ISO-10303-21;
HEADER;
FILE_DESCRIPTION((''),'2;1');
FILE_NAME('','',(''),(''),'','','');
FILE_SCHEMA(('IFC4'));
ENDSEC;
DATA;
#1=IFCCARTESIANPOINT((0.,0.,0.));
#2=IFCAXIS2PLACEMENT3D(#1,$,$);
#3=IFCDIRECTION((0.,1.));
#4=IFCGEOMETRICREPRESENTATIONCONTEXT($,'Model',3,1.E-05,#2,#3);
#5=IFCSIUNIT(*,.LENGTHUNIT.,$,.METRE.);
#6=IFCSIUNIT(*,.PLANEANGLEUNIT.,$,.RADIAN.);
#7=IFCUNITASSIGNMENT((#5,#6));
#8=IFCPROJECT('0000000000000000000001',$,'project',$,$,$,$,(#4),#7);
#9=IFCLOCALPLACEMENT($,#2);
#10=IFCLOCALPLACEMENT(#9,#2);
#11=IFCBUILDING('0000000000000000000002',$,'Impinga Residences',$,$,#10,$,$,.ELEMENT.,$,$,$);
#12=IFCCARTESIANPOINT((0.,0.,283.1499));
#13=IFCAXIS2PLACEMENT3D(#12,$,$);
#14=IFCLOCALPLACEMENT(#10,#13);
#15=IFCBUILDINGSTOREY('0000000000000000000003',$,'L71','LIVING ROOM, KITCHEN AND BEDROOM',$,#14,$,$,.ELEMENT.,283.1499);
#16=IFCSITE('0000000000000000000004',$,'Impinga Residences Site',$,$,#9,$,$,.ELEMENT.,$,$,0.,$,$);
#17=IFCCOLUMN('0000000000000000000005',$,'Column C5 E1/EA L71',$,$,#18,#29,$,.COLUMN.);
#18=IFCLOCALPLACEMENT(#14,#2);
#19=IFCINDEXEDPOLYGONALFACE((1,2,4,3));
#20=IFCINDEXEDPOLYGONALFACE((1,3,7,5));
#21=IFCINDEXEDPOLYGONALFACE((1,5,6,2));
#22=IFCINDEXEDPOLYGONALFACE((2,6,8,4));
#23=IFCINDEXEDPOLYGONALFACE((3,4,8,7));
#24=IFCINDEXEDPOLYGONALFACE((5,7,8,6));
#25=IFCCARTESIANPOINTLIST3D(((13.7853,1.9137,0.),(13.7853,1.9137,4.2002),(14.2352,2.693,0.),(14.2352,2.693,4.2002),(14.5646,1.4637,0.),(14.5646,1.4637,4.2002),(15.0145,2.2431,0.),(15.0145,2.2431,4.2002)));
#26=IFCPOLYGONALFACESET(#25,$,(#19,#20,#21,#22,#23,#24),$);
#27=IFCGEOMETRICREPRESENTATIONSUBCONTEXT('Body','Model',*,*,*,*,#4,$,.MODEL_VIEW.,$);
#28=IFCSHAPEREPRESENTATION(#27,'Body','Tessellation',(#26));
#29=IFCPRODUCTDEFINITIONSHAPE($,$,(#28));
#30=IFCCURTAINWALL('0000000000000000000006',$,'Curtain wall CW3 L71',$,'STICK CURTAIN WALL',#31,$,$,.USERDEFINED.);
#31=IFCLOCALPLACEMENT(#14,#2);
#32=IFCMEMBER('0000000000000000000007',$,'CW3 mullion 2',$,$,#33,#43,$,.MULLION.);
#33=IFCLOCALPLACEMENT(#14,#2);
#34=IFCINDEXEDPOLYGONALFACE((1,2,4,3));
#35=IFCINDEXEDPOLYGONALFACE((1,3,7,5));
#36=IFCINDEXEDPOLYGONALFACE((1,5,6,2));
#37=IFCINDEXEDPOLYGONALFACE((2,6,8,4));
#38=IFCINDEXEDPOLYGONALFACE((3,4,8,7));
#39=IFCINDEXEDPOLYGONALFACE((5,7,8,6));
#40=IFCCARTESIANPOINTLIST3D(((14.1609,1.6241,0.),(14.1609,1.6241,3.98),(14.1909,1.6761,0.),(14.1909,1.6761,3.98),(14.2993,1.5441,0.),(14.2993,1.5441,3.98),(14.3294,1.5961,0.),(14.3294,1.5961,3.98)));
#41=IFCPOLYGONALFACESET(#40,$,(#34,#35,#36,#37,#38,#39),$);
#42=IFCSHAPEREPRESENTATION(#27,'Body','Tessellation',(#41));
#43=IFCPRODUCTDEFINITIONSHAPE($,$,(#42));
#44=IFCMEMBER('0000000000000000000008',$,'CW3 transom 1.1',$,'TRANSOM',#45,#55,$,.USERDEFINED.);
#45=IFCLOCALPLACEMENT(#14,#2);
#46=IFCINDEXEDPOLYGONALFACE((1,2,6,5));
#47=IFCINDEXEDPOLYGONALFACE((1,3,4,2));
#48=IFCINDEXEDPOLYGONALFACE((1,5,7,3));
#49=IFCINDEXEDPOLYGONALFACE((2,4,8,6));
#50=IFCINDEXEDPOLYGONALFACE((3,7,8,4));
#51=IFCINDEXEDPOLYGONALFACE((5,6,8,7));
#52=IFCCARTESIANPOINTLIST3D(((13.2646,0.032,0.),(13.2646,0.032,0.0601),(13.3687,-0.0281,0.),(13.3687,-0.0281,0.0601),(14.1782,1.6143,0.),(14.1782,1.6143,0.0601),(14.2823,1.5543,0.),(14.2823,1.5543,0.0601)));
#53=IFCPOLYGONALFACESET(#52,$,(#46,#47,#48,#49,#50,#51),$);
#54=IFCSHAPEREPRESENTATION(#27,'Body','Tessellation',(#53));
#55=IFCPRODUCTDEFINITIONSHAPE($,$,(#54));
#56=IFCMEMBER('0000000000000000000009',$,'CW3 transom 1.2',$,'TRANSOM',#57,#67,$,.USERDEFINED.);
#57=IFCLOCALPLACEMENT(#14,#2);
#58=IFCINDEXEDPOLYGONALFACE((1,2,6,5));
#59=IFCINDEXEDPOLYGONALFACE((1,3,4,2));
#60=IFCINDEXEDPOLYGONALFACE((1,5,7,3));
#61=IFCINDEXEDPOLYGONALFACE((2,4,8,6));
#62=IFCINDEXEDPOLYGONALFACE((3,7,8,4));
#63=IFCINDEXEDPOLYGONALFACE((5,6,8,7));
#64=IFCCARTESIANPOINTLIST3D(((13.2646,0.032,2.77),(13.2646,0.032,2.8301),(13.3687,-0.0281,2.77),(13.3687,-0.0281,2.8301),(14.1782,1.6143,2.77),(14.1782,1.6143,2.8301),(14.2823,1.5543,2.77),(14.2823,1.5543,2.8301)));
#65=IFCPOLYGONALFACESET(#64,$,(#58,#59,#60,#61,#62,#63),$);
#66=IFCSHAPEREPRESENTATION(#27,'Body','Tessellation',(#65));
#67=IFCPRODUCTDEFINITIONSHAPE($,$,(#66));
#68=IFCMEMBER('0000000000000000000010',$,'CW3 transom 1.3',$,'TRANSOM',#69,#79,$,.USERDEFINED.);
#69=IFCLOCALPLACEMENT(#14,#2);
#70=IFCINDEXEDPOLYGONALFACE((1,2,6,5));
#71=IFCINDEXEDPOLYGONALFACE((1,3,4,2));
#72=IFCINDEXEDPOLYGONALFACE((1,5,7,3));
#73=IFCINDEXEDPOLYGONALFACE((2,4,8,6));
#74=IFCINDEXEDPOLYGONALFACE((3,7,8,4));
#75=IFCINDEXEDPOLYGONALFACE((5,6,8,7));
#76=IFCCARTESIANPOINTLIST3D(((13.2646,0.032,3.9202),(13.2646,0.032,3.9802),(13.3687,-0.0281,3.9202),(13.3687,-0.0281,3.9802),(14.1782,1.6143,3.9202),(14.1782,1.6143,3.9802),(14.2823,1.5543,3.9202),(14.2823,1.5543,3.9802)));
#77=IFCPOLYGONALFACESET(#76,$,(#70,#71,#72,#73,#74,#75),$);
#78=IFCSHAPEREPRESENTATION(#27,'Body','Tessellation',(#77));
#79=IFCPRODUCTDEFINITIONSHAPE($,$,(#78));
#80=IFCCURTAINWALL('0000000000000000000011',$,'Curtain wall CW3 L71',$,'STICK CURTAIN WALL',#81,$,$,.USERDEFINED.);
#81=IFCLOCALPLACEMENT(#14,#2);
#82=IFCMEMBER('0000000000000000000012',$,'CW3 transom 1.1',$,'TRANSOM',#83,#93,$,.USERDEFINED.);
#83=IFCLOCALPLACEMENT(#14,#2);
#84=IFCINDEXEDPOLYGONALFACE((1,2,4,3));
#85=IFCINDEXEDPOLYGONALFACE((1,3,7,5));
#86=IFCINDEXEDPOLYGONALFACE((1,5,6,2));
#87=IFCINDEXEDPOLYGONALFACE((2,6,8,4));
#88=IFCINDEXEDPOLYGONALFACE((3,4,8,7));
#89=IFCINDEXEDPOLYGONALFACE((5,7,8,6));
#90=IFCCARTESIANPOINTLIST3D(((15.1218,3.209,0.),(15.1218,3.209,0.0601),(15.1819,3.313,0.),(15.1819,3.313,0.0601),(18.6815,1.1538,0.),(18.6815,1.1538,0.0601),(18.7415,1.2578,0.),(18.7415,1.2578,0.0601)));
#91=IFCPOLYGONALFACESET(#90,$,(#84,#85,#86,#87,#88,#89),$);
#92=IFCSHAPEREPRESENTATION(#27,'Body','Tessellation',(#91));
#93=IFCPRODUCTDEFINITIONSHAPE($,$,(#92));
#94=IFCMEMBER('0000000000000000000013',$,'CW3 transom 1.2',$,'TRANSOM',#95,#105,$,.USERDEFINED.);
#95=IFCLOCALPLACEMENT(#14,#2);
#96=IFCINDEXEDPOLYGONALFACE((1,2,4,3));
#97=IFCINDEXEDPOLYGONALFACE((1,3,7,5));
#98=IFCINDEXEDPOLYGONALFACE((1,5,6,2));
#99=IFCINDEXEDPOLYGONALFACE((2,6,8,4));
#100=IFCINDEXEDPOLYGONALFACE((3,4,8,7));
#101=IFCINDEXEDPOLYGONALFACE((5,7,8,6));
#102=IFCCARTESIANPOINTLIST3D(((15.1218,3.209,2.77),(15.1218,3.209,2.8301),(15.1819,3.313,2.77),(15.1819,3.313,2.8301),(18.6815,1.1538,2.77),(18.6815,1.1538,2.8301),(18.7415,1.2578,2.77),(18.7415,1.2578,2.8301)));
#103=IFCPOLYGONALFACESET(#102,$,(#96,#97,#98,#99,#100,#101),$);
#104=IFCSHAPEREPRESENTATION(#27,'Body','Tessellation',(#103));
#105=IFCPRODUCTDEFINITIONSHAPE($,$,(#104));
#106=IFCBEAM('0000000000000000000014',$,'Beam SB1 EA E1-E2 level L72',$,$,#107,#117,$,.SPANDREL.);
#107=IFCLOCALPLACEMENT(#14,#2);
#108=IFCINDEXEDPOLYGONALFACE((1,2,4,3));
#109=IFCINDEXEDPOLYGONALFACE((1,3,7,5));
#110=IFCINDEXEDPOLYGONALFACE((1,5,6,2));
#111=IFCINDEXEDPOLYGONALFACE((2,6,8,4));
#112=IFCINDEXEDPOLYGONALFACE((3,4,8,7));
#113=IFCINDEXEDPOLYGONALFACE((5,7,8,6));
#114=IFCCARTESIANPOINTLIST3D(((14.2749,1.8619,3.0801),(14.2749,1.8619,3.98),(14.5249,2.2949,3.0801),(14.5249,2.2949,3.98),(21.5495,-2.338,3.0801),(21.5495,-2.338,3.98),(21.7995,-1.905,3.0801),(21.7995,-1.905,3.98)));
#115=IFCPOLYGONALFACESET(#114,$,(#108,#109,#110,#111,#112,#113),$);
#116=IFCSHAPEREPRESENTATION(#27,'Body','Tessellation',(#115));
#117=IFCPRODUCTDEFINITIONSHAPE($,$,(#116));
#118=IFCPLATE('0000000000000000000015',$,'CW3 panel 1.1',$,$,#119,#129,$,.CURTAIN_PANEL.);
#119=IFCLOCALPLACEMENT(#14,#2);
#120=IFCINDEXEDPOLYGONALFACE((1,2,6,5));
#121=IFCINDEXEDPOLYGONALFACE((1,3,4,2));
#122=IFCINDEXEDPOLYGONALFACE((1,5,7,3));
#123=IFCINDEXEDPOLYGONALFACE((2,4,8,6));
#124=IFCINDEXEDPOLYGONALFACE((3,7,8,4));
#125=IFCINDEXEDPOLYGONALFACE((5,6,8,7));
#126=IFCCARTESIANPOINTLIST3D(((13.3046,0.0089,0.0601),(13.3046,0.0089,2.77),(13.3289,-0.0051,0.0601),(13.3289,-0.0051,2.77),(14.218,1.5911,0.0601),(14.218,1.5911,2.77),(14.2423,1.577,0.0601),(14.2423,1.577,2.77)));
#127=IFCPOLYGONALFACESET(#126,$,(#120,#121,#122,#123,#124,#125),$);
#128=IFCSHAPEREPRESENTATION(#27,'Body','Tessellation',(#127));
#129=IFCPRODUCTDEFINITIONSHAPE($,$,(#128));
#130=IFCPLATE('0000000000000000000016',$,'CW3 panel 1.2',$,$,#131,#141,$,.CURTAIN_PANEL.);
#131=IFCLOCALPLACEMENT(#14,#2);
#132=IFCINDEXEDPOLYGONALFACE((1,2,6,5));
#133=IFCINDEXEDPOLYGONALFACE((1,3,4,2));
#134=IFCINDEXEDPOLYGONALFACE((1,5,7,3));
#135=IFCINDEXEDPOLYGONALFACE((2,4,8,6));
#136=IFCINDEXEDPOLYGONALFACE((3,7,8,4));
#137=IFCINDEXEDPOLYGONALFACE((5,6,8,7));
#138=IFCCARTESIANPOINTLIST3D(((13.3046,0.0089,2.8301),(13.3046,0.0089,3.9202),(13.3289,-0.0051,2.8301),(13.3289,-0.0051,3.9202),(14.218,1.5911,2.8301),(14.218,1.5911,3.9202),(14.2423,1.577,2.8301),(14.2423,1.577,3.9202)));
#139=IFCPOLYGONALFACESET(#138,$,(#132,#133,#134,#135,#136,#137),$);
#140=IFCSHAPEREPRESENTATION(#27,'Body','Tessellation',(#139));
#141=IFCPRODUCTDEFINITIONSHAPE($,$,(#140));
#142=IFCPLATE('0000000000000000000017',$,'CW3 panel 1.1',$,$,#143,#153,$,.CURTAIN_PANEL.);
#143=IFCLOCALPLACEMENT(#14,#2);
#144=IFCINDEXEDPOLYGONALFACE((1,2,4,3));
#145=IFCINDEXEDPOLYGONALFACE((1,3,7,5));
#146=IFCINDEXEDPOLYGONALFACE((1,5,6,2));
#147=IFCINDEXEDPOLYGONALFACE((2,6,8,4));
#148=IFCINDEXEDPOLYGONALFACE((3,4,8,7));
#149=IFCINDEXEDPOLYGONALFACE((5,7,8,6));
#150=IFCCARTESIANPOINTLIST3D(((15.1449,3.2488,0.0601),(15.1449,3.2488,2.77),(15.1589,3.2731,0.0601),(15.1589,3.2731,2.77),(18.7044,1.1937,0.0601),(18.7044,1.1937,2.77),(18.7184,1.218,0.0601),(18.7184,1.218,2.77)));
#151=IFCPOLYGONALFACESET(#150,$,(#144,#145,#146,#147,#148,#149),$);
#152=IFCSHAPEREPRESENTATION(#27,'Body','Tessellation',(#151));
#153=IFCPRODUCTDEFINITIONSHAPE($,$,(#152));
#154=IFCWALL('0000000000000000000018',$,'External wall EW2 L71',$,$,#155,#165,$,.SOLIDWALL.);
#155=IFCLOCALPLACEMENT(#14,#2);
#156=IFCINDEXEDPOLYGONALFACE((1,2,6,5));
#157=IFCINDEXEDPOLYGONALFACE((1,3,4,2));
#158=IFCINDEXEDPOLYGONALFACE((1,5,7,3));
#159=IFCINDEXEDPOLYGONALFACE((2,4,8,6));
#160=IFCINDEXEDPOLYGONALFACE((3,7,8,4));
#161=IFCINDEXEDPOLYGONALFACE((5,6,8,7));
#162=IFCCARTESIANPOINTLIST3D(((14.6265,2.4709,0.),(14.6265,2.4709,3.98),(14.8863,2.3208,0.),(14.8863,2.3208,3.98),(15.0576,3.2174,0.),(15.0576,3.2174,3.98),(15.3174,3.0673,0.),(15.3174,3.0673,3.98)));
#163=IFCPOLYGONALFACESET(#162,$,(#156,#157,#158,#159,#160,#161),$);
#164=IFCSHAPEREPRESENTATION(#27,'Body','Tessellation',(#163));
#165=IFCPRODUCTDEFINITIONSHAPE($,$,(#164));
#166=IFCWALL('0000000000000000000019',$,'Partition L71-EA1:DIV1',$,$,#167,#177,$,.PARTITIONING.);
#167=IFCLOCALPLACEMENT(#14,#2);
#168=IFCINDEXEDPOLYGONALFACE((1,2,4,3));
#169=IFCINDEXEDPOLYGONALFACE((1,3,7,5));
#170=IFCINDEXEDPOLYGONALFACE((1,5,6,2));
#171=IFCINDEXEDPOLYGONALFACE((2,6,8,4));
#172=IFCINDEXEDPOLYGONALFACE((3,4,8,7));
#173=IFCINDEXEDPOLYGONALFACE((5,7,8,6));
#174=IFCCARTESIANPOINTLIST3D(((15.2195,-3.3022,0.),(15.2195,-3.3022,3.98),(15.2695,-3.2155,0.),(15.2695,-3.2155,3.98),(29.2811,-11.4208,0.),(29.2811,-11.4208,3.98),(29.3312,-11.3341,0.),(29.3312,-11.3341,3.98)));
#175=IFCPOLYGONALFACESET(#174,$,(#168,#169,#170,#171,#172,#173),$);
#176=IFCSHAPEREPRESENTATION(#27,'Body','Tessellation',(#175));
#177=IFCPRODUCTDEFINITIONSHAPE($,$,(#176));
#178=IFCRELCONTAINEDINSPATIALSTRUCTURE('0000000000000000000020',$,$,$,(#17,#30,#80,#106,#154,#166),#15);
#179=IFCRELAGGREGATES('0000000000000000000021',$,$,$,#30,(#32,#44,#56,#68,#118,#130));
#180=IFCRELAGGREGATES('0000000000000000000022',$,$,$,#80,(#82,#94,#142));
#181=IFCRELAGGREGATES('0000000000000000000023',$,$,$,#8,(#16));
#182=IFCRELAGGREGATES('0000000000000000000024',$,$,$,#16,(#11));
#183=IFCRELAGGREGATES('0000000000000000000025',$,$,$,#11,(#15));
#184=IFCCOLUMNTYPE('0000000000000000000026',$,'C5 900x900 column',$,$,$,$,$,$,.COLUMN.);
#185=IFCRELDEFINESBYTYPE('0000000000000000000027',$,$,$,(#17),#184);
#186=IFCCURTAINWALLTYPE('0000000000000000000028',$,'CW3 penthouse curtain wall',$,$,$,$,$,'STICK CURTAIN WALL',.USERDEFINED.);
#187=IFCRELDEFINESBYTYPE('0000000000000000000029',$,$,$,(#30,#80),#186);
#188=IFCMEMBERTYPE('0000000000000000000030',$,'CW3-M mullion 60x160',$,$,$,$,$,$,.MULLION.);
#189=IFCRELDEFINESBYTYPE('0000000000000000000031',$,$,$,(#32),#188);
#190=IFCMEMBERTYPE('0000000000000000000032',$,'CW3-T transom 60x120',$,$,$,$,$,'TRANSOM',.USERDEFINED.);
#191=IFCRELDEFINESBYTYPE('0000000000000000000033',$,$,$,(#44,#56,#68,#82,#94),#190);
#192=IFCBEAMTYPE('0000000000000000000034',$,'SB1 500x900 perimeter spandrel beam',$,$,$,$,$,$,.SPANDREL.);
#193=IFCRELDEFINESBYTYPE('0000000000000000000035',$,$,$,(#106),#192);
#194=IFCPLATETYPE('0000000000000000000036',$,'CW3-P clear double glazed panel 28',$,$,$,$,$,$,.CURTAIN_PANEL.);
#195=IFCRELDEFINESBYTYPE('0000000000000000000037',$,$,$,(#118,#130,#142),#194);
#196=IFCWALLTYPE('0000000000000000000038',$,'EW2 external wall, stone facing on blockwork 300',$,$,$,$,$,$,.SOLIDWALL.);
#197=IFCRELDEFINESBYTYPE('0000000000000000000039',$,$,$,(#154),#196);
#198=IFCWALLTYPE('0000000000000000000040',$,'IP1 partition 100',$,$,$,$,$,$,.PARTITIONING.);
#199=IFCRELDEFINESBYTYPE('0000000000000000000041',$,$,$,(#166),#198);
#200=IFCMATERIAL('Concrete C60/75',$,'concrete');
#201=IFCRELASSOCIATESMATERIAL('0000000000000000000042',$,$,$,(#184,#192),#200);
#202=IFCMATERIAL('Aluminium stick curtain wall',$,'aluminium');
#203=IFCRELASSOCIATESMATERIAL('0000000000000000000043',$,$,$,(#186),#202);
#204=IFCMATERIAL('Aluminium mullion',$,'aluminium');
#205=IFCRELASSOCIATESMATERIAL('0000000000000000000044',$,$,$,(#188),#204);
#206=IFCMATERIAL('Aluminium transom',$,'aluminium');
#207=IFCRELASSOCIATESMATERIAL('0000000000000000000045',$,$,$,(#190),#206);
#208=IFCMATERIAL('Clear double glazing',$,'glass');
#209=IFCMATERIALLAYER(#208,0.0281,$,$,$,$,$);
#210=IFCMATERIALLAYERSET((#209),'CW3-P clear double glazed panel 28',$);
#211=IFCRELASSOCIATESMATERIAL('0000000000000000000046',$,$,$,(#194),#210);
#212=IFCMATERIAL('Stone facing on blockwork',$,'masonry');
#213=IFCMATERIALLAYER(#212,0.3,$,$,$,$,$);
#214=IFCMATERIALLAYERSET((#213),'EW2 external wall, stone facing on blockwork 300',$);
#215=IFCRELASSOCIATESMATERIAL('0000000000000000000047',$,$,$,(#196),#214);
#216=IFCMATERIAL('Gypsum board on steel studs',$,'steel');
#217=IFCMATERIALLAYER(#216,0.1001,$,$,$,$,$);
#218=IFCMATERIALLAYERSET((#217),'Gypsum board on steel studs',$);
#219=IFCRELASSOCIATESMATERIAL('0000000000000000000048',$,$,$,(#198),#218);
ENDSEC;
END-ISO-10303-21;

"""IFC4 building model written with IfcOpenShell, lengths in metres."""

from ifc_helpers import new_model, si_unit, direction, frame, frame_2d, origin, origin_2d, place, context, subcontext, project, spatial, rectangle, extrude, material, layer, layer_set, material_profile, profile_set, type_object, element, aggregate, save


model = new_model("IFC4")

# Units and contexts
model_context = context("Model", 3, precision=1e-05, world=origin(), true_north=direction((0.0, 1.0)))
body_context = subcontext(model_context, "Body", "Model", "MODEL_VIEW")
ifc_project = project(units=[si_unit("LENGTHUNIT", "METRE"), si_unit("PLANEANGLEUNIT", "RADIAN")], contexts=[model_context])

# Site, building, storey
site_placement = place(None, origin())
site = spatial("IfcSite", under=ifc_project, at=site_placement, Name="Impinga Residences Site", CompositionType="ELEMENT", RefElevation=0.0)
building_placement = place(site_placement, origin())
building = spatial("IfcBuilding", under=site, at=building_placement, Name="Impinga Residences", CompositionType="ELEMENT")
storey_placement = place(building_placement, frame((0.0, 0.0, 283.1499)))
storey = spatial("IfcBuildingStorey", under=building, at=storey_placement, Name="L71", Description="LIVING ROOM, KITCHEN AND BEDROOM", CompositionType="ELEMENT", Elevation=283.1499)

# Column
ifc_material_1 = material(Name="Concrete C60/75", Category="concrete")
ifc_material_profile_1 = material_profile(ifc_material_1, rectangle(XDim=0.8999, YDim=0.8999, at=origin_2d()), Name="RC 900x900")
ifc_profile_set_1 = profile_set([ifc_material_profile_1], Name="Concrete C60/75")
column_type = type_object("IfcColumnType", Name="C5 900x900 column", PredefinedType="COLUMN", material=ifc_profile_set_1)
column_placement = place(storey_placement, frame((14.3999, 2.0784, 0.0), z_axis=(0.0, 0.0, 1.0), x_axis=(-0.5, -0.866025, 0.0)))
element("IfcColumn", 1, at=column_placement, inside=storey, type_object=column_type, Name="Column C5 E1/EA L71", PredefinedType="COLUMN", context=body_context, shape_type="SweptSolid", body=[
    extrude(rectangle(XDim=0.8999, YDim=0.8999, at=origin_2d()), origin(), (0.0, 0.0, 1.0), 4.2002),
])

# Curtain walls, members
ifc_material_2 = material(Name="Aluminium stick curtain wall", Category="aluminium")
curtain_wall_type = type_object("IfcCurtainWallType", Name="CW3 penthouse curtain wall", ElementType="STICK CURTAIN WALL", PredefinedType="USERDEFINED", material=ifc_material_2)
curtain_wall_1_placement = place(storey_placement, origin())
curtain_wall_1 = element("IfcCurtainWall", 2, at=curtain_wall_1_placement, inside=storey, type_object=curtain_wall_type, Name="Curtain wall CW3 L71", ObjectType="STICK CURTAIN WALL", PredefinedType="USERDEFINED")
ifc_material_3 = material(Name="Aluminium mullion", Category="aluminium")
ifc_material_profile_2 = material_profile(ifc_material_3, rectangle(XDim=0.0601, YDim=0.1599, at=origin_2d()), Name="60x160 mullion")
ifc_profile_set_2 = profile_set([ifc_material_profile_2], Name="Aluminium mullion")
member_type_1 = type_object("IfcMemberType", Name="CW3-M mullion 60x160", PredefinedType="MULLION", material=ifc_profile_set_2)
member_1_placement = place(storey_placement, frame((14.2451, 1.6101, 0.0), z_axis=(0.0, 0.0, 1.0), x_axis=(0.5, 0.866025, 0.0)))
member_1 = element("IfcMember", 3, at=member_1_placement, type_object=member_type_1, Name="CW3 mullion 2", PredefinedType="MULLION", context=body_context, shape_type="SweptSolid", body=[
    extrude(rectangle(XDim=0.0601, YDim=0.1599, at=origin_2d()), origin(), (0.0, 0.0, 1.0), 3.98),
])
ifc_material_4 = material(Name="Aluminium transom", Category="aluminium")
ifc_material_profile_3 = material_profile(ifc_material_4, rectangle(XDim=0.0601, YDim=0.1201, at=origin_2d()), Name="60x120 transom")
ifc_profile_set_3 = profile_set([ifc_material_profile_3], Name="Aluminium transom")
member_type_2 = type_object("IfcMemberType", Name="CW3-T transom 60x120", ElementType="TRANSOM", PredefinedType="USERDEFINED", material=ifc_profile_set_3)
member_2_placement = place(storey_placement, frame((13.3167, 0.002, 0.03), z_axis=(0.500019, 0.866014, 0.0), x_axis=(0.0, 0.0, 1.0)))
member_2 = element("IfcMember", 4, at=member_2_placement, type_object=member_type_2, Name="CW3 transom 1.1", ObjectType="TRANSOM", PredefinedType="USERDEFINED", context=body_context, shape_type="SweptSolid", body=[
    extrude(rectangle(XDim=0.0601, YDim=0.1201, at=origin_2d()), origin(), (0.0, 0.0, 1.0), 1.8271),
])
member_3_placement = place(storey_placement, frame((13.3167, 0.002, 2.8), z_axis=(0.500019, 0.866014, 0.0), x_axis=(0.0, 0.0, 1.0)))
member_3 = element("IfcMember", 5, at=member_3_placement, type_object=member_type_2, Name="CW3 transom 1.2", ObjectType="TRANSOM", PredefinedType="USERDEFINED", context=body_context, shape_type="SweptSolid", body=[
    extrude(rectangle(XDim=0.0601, YDim=0.1201, at=origin_2d()), origin(), (0.0, 0.0, 1.0), 1.8271),
])
member_4_placement = place(storey_placement, frame((13.3167, 0.002, 3.9502), z_axis=(0.500019, 0.866014, 0.0), x_axis=(0.0, 0.0, 1.0)))
member_4 = element("IfcMember", 6, at=member_4_placement, type_object=member_type_2, Name="CW3 transom 1.3", ObjectType="TRANSOM", PredefinedType="USERDEFINED", context=body_context, shape_type="SweptSolid", body=[
    extrude(rectangle(XDim=0.0601, YDim=0.1201, at=origin_2d()), origin(), (0.0, 0.0, 1.0), 1.8271),
])
curtain_wall_2_placement = place(storey_placement, origin())
curtain_wall_2 = element("IfcCurtainWall", 7, at=curtain_wall_2_placement, inside=storey, type_object=curtain_wall_type, Name="Curtain wall CW3 L71", ObjectType="STICK CURTAIN WALL", PredefinedType="USERDEFINED")
member_5_placement = place(storey_placement, frame((15.1519, 3.261, 0.03), z_axis=(0.866019, -0.50001, 0.0), x_axis=(0.0, 0.0, 1.0)))
member_5 = element("IfcMember", 8, at=member_5_placement, type_object=member_type_2, Name="CW3 transom 1.1", ObjectType="TRANSOM", PredefinedType="USERDEFINED", context=body_context, shape_type="SweptSolid", body=[
    extrude(rectangle(XDim=0.0601, YDim=0.1201, at=origin_2d()), origin(), (0.0, 0.0, 1.0), 4.1104),
])
member_6_placement = place(storey_placement, frame((15.1519, 3.261, 2.8), z_axis=(0.866019, -0.50001, 0.0), x_axis=(0.0, 0.0, 1.0)))
member_6 = element("IfcMember", 9, at=member_6_placement, type_object=member_type_2, Name="CW3 transom 1.2", ObjectType="TRANSOM", PredefinedType="USERDEFINED", context=body_context, shape_type="SweptSolid", body=[
    extrude(rectangle(XDim=0.0601, YDim=0.1201, at=origin_2d()), origin(), (0.0, 0.0, 1.0), 4.1104),
])

# Beam
ifc_material_profile_4 = material_profile(ifc_material_1, rectangle(XDim=0.5, YDim=0.8999, at=origin_2d()), Name="RC 500x900")
ifc_profile_set_4 = profile_set([ifc_material_profile_4], Name="Concrete C60/75")
beam_type = type_object("IfcBeamType", Name="SB1 500x900 perimeter spandrel beam", PredefinedType="SPANDREL", material=ifc_profile_set_4)
beam_placement = place(storey_placement, frame((14.3999, 2.0784, 3.53), z_axis=(0.866029, -0.499993, 0.0), x_axis=(0.499993, 0.866029, 0.0)))
element("IfcBeam", 10, at=beam_placement, inside=storey, type_object=beam_type, Name="Beam SB1 EA E1-E2 level L72", PredefinedType="SPANDREL", context=body_context, shape_type="SweptSolid", body=[
    extrude(rectangle(XDim=0.5, YDim=0.8999, at=origin_2d()), origin(), (0.0, 0.0, 1.0), 8.3999),
])

# Plates
ifc_material_5 = material(Name="Clear double glazing", Category="glass")
ifc_layer_1 = layer(ifc_material_5, 0.0281)
ifc_layer_set_1 = layer_set([ifc_layer_1], Name="CW3-P clear double glazed panel 28")
plate_type = type_object("IfcPlateType", Name="CW3-P clear double glazed panel 28", PredefinedType="CURTAIN_PANEL", material=ifc_layer_set_1)
plate_1_placement = place(storey_placement, frame((13.7734, 0.793, 0.0601), z_axis=(0.0, 0.0, 1.0), x_axis=(0.5, 0.866025, 0.0)))
plate_1 = element("IfcPlate", 11, at=plate_1_placement, type_object=plate_type, Name="CW3 panel 1.1", PredefinedType="CURTAIN_PANEL", context=body_context, shape_type="SweptSolid", body=[
    extrude(rectangle(XDim=1.8269, YDim=0.0281, at=origin_2d()), origin(), (0.0, 0.0, 1.0), 2.71),
])
plate_2_placement = place(storey_placement, frame((13.7734, 0.793, 2.8301), z_axis=(0.0, 0.0, 1.0), x_axis=(0.5, 0.866025, 0.0)))
plate_2 = element("IfcPlate", 12, at=plate_2_placement, type_object=plate_type, Name="CW3 panel 1.2", PredefinedType="CURTAIN_PANEL", context=body_context, shape_type="SweptSolid", body=[
    extrude(rectangle(XDim=1.8269, YDim=0.0281, at=origin_2d()), origin(), (0.0, 0.0, 1.0), 1.0901),
])
aggregate(curtain_wall_1, [member_1, member_2, member_3, member_4, plate_1, plate_2])
plate_3_placement = place(storey_placement, frame((16.9316, 2.2334, 0.0601), z_axis=(0.0, 0.0, 1.0), x_axis=(0.866025, -0.5, 0.0)))
plate_3 = element("IfcPlate", 13, at=plate_3_placement, type_object=plate_type, Name="CW3 panel 1.1", PredefinedType="CURTAIN_PANEL", context=body_context, shape_type="SweptSolid", body=[
    extrude(rectangle(XDim=4.1101, YDim=0.0281, at=origin_2d()), origin(), (0.0, 0.0, 1.0), 2.71),
])
aggregate(curtain_wall_2, [member_5, member_6, plate_3])

# Walls
ifc_material_6 = material(Name="Stone facing on blockwork", Category="masonry")
ifc_layer_2 = layer(ifc_material_6, 0.3)
ifc_layer_set_2 = layer_set([ifc_layer_2], Name="EW2 external wall, stone facing on blockwork 300")
wall_type_1 = type_object("IfcWallType", Name="EW2 external wall, stone facing on blockwork 300", PredefinedType="SOLIDWALL", material=ifc_layer_set_2)
wall_1_placement = place(storey_placement, frame((14.7563, 2.3958, 0.0), z_axis=(0.0, 0.0, 1.0), x_axis=(0.500098, 0.865969, 0.0)))
element("IfcWall", 14, at=wall_1_placement, inside=storey, type_object=wall_type_1, Name="External wall EW2 L71", PredefinedType="SOLIDWALL", context=body_context, shape_type="SweptSolid", body=[
    extrude(rectangle(XDim=0.8621, YDim=0.3, at=frame_2d((0.4312, 0.0))), origin(), (0.0, 0.0, 1.0), 3.98),
])
ifc_material_7 = material(Name="Gypsum board on steel studs", Category="steel")
ifc_layer_3 = layer(ifc_material_7, 0.1001)
ifc_layer_set_3 = layer_set([ifc_layer_3], Name="Gypsum board on steel studs")
wall_type_2 = type_object("IfcWallType", Name="IP1 partition 100", PredefinedType="PARTITIONING", material=ifc_layer_set_3)
wall_2_placement = place(storey_placement, frame((15.2444, -3.2588, 0.0), z_axis=(0.0, 0.0, 1.0), x_axis=(0.866023, -0.500004, 0.0)))
element("IfcWall", 15, at=wall_2_placement, inside=storey, type_object=wall_type_2, Name="Partition L71-EA1:DIV1", PredefinedType="PARTITIONING", context=body_context, shape_type="SweptSolid", body=[
    extrude(rectangle(XDim=16.2371, YDim=0.1001, at=frame_2d((8.1187, 0.0))), origin(), (0.0, 0.0, 1.0), 3.98),
])

save(model, "model.ifc")
